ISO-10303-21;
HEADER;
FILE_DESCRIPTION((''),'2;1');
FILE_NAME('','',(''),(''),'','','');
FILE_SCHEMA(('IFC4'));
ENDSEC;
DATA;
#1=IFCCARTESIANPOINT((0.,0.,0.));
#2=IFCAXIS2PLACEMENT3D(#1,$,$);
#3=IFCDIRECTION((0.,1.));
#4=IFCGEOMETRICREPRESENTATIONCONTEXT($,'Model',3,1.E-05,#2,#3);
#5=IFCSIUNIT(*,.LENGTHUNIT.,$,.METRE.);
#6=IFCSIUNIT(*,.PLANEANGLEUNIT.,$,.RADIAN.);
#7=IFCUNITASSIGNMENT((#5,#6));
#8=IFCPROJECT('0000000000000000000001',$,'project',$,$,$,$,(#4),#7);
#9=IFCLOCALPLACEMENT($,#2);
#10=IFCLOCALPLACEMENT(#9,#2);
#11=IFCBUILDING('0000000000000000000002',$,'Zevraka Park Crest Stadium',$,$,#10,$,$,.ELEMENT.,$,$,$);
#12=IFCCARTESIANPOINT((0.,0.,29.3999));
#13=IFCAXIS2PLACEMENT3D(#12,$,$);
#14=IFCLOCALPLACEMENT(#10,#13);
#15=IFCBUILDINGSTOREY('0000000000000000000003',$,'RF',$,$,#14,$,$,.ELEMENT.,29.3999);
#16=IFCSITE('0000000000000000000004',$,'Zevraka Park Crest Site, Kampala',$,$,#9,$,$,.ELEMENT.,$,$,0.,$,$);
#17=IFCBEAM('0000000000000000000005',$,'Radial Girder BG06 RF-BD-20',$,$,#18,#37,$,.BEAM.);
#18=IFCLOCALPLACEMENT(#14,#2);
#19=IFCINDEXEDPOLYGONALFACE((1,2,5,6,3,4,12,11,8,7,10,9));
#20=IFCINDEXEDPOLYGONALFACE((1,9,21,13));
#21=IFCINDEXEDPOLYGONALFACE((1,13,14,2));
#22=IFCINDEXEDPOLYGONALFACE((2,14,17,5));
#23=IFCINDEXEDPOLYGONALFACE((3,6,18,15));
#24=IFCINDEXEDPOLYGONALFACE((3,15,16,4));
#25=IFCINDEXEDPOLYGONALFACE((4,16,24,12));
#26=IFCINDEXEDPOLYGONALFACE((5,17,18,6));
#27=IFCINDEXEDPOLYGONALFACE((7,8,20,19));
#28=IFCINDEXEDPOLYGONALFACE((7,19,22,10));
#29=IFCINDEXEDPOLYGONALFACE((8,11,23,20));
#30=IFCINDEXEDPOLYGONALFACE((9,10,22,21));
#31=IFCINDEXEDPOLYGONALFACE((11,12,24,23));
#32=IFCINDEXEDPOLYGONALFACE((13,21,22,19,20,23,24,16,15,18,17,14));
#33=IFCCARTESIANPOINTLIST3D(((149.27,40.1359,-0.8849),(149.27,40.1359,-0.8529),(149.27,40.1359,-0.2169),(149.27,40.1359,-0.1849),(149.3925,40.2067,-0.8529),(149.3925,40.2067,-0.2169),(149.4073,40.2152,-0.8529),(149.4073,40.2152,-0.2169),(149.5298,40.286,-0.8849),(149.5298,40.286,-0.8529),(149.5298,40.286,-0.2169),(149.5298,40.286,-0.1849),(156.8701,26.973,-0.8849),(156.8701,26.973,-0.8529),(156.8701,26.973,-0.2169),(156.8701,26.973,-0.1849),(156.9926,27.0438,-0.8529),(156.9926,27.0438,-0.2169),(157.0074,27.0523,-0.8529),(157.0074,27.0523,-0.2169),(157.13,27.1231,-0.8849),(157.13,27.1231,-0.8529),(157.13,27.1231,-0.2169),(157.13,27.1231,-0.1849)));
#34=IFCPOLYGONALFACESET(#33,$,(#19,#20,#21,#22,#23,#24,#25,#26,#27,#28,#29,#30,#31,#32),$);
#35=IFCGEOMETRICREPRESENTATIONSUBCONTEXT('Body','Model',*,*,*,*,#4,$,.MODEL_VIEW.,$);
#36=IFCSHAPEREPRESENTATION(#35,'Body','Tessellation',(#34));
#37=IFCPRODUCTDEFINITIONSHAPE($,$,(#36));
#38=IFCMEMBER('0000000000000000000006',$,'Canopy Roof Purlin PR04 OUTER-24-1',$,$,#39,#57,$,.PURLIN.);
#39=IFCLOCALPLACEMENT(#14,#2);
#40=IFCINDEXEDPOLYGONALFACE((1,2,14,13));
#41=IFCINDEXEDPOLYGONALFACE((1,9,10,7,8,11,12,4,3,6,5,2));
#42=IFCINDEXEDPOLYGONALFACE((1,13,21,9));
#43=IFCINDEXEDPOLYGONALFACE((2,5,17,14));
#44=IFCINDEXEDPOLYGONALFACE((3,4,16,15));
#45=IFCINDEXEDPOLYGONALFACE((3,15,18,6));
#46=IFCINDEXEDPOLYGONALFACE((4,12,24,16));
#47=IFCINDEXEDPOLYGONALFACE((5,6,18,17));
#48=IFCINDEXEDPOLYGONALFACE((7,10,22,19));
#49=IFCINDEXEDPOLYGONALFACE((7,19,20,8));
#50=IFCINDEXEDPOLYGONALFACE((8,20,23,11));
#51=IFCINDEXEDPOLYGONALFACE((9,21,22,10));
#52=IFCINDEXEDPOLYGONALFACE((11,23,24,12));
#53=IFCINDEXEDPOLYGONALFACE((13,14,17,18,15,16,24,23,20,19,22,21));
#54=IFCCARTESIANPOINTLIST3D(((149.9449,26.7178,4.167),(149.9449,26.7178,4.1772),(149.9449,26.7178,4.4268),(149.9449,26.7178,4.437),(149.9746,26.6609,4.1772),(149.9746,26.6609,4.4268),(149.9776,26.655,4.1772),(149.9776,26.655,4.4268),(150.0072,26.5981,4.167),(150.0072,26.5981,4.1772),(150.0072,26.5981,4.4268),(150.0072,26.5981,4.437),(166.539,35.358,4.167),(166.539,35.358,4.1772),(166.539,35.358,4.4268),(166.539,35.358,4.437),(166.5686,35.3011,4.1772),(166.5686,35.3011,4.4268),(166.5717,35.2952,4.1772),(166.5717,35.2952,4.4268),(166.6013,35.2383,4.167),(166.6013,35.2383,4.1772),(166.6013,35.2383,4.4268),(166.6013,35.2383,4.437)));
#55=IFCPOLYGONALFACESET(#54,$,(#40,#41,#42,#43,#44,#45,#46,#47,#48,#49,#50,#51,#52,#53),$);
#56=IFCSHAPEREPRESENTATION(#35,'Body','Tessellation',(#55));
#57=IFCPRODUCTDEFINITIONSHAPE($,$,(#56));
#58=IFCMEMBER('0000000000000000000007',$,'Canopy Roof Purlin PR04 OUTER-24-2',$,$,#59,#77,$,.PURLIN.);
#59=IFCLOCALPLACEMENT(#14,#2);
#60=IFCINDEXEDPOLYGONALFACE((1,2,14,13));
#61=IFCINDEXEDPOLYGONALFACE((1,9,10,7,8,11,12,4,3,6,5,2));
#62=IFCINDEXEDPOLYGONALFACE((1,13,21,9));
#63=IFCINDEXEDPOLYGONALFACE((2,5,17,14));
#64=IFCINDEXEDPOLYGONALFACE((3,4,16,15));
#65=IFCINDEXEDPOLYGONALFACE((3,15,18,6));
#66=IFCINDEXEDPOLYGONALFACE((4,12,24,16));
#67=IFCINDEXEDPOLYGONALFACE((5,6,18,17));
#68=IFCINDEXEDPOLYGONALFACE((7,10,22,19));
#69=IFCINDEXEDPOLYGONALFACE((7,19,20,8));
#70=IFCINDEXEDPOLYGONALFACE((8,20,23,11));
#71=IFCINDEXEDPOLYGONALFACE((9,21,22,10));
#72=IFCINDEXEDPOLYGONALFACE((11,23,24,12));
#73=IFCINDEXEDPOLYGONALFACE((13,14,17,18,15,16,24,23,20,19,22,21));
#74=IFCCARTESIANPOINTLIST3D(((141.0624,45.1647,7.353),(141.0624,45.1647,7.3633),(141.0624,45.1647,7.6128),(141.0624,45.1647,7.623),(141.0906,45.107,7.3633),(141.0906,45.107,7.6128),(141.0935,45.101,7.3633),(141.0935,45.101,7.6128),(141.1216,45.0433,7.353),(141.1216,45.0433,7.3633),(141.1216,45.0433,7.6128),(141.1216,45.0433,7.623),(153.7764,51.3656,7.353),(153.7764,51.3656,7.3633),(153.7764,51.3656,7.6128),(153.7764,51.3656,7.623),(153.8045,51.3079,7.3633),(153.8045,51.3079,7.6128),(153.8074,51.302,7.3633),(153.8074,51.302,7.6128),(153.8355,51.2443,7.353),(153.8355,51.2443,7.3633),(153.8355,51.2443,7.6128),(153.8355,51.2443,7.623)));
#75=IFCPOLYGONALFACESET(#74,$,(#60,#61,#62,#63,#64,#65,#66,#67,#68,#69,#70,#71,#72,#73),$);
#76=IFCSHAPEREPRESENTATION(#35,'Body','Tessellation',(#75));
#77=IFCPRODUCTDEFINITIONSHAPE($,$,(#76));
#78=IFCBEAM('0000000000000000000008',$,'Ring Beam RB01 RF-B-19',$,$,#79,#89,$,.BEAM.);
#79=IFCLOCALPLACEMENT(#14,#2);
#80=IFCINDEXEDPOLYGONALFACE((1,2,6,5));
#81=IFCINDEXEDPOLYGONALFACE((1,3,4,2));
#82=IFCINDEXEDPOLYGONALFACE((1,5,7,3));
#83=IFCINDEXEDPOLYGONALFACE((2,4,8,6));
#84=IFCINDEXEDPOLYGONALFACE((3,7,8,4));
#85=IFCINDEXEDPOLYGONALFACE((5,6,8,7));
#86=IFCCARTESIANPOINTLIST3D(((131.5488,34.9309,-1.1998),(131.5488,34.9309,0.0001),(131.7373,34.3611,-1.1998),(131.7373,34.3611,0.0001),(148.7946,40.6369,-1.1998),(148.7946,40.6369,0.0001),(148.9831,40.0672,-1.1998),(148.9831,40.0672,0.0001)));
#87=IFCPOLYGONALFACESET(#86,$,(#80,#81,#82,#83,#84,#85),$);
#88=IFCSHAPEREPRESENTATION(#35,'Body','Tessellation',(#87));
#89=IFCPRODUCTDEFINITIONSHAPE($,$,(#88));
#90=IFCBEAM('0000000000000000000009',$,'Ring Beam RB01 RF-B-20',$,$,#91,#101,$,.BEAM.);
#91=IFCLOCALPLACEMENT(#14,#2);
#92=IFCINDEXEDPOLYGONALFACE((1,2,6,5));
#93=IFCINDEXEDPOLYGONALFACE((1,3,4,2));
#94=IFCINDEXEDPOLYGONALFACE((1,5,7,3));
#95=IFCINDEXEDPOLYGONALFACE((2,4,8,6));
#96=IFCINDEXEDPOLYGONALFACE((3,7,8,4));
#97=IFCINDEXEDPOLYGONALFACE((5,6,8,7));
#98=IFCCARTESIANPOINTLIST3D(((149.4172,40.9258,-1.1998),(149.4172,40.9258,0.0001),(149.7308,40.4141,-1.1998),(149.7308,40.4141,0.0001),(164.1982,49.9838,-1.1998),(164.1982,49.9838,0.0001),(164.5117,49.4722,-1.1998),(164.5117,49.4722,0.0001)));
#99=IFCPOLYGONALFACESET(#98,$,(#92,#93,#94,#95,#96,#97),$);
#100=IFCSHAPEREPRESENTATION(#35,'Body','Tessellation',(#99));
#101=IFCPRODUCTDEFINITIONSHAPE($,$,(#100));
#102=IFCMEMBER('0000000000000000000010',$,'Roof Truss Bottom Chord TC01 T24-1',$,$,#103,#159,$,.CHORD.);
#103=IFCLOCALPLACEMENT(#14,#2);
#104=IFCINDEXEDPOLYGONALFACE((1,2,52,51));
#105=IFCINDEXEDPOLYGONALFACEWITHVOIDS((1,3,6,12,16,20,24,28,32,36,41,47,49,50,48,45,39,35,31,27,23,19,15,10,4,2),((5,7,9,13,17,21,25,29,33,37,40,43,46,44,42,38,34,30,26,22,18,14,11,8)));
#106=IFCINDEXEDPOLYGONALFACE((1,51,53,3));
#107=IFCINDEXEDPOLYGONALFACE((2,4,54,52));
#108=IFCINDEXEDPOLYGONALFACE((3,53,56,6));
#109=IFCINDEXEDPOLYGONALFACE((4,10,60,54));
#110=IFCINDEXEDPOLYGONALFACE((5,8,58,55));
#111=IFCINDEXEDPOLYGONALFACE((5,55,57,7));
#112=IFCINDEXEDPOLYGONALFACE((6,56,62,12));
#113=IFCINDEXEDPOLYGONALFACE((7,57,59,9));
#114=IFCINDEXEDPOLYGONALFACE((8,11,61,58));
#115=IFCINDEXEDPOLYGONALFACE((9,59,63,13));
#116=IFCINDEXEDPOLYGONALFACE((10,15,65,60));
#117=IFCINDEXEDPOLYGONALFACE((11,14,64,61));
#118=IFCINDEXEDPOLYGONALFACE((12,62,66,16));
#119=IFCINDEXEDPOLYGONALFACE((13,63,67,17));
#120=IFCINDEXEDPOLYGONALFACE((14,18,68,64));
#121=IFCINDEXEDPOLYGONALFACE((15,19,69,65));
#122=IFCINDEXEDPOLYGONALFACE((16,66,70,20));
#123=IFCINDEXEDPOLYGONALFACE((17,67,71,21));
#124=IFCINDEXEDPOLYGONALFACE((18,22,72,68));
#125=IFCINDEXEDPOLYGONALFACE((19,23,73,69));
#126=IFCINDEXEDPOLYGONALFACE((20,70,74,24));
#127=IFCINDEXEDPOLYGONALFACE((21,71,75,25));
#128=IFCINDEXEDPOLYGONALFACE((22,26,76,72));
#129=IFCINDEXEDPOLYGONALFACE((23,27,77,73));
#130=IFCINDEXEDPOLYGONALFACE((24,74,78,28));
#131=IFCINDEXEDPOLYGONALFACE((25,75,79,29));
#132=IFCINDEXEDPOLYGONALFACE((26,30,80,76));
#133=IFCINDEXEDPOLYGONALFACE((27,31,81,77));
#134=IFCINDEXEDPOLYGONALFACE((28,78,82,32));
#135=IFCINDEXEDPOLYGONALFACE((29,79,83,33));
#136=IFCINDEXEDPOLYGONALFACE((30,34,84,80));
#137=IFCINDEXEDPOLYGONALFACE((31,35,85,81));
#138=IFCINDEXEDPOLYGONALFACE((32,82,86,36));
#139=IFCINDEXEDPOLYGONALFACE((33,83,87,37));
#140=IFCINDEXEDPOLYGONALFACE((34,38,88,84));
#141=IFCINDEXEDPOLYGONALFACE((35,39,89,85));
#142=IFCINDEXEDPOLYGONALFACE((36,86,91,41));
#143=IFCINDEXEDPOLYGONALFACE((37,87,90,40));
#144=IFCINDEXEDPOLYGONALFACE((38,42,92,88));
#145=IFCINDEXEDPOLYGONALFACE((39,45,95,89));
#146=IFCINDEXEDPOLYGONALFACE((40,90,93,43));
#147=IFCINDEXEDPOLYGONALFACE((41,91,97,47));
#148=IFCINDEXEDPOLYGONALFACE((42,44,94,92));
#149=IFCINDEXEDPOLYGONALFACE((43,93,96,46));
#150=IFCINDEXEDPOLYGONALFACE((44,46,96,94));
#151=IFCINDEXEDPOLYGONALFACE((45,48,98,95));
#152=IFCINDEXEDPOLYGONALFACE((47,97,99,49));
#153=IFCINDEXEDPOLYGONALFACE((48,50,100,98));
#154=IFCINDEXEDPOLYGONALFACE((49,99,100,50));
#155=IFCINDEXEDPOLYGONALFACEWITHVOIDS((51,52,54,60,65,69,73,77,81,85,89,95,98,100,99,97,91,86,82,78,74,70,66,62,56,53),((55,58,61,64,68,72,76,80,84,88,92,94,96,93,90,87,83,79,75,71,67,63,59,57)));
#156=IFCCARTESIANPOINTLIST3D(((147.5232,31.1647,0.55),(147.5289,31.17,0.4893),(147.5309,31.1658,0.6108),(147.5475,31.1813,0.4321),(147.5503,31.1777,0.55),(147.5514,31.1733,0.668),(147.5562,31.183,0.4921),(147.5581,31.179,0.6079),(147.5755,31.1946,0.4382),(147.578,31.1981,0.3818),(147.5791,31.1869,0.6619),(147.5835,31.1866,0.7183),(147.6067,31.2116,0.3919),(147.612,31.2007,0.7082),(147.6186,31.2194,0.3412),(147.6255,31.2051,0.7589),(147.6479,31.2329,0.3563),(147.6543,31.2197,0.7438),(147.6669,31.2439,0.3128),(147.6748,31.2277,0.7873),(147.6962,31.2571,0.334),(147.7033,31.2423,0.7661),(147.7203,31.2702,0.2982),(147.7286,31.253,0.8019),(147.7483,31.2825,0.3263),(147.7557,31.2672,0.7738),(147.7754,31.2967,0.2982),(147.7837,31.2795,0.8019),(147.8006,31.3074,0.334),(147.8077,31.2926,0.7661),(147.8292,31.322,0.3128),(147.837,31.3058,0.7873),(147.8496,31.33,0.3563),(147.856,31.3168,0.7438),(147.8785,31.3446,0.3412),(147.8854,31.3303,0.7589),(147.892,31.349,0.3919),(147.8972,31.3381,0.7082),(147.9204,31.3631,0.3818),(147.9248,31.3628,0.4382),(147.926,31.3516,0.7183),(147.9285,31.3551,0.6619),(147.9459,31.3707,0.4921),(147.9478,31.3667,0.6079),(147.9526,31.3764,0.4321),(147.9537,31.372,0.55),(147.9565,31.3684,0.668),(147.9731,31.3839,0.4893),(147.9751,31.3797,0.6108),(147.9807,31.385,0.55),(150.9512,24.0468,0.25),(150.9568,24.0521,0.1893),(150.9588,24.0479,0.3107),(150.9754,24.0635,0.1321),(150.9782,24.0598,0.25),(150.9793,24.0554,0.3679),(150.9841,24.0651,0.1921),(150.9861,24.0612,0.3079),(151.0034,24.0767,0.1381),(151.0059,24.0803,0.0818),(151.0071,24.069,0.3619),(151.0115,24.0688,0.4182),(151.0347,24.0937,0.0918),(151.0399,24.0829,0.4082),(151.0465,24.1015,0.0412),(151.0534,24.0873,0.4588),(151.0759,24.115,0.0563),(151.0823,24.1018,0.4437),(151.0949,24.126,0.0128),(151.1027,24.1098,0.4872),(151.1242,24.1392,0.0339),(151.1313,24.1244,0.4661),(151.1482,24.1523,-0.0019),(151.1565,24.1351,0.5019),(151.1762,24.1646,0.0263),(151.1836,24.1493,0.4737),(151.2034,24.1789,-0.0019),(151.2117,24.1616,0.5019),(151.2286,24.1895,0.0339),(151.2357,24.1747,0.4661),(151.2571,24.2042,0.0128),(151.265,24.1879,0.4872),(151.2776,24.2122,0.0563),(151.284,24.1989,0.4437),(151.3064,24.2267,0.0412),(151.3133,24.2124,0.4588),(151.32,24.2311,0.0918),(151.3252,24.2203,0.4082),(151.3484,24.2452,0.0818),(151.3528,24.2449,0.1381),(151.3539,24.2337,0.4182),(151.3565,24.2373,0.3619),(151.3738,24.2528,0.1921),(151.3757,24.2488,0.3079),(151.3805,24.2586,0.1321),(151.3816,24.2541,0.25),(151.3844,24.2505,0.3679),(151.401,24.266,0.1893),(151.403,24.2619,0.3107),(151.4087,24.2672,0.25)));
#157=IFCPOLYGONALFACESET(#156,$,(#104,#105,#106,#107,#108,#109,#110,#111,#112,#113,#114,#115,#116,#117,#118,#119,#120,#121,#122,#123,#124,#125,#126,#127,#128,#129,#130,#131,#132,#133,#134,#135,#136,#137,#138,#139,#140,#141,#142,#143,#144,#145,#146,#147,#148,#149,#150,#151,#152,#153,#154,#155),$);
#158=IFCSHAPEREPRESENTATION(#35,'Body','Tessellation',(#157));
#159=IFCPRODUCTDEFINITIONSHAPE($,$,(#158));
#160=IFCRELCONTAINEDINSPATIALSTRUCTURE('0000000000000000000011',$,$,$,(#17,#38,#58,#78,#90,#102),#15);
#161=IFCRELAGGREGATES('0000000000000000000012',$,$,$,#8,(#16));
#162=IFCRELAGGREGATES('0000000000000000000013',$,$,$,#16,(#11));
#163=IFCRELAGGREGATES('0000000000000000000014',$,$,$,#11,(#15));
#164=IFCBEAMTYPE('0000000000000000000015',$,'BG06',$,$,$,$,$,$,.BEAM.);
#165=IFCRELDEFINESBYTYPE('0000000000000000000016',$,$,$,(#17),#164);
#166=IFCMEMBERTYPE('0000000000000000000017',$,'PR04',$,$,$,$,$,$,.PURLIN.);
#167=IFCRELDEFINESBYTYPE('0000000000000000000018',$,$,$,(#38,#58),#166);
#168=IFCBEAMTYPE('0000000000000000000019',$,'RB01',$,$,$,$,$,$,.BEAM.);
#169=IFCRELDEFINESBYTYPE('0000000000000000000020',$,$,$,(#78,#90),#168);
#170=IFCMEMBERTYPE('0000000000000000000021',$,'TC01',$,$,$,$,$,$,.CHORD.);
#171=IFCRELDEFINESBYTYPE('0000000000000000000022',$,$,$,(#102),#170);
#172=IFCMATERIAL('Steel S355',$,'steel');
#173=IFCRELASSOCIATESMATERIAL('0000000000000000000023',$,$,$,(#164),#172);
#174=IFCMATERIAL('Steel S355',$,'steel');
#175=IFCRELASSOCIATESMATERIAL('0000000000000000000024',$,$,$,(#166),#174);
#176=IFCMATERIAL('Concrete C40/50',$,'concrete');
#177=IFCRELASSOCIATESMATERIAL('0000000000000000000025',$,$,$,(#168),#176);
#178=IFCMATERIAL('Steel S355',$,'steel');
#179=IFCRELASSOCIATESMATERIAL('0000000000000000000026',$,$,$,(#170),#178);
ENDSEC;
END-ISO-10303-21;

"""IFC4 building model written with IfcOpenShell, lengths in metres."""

from ifc_helpers import new_model, si_unit, direction, frame, origin, origin_2d, place, context, subcontext, project, spatial, rectangle, hollow_circle, i_section, extrude, material, material_profile, profile_set, type_object, element, save


model = new_model("IFC4")

# Units and contexts
model_context = context("Model", 3, precision=1e-05, world=origin(), true_north=direction((0.0, 1.0)))
body_context = subcontext(model_context, "Body", "Model", "MODEL_VIEW")
ifc_project = project(units=[si_unit("LENGTHUNIT", "METRE"), si_unit("PLANEANGLEUNIT", "RADIAN")], contexts=[model_context])

# Site, building, storey
site_placement = place(None, origin())
site = spatial("IfcSite", under=ifc_project, at=site_placement, Name="Zevraka Park Crest Site, Kampala", CompositionType="ELEMENT", RefElevation=0.0)
building_placement = place(site_placement, origin())
building = spatial("IfcBuilding", under=site, at=building_placement, Name="Zevraka Park Crest Stadium", CompositionType="ELEMENT")
storey_placement = place(building_placement, frame((0.0, 0.0, 29.3999)))
storey = spatial("IfcBuildingStorey", under=building, at=storey_placement, Name="RF", CompositionType="ELEMENT", Elevation=29.3999)

# Beam
ifc_material_1 = material(Name="Steel S355", Category="steel")
ifc_material_profile_1 = material_profile(ifc_material_1, i_section(OverallWidth=0.3, OverallDepth=0.7, WebThickness=0.0171, FlangeThickness=0.032, at=origin_2d()), Name="HEB 700")
ifc_profile_set_1 = profile_set([ifc_material_profile_1], Name="Steel S355")
beam_type_1 = type_object("IfcBeamType", Name="BG06", PredefinedType="BEAM", material=ifc_profile_set_1)
beam_1_placement = place(storey_placement, frame((149.3999, 40.2109, -0.5349), z_axis=(0.500026, -0.86601, 0.0), x_axis=(0.86601, 0.500026, 0.0)))
element("IfcBeam", 1, at=beam_1_placement, inside=storey, type_object=beam_type_1, Name="Radial Girder BG06 RF-BD-20", PredefinedType="BEAM", context=body_context, shape_type="SweptSolid", body=[
    extrude(i_section(OverallWidth=0.3, OverallDepth=0.7, WebThickness=0.0171, FlangeThickness=0.032, at=origin_2d()), origin(), (0.0, 0.0, 1.0), 15.1995),
])

# Members
ifc_material_2 = material(Name="Steel S355", Category="steel")
ifc_material_profile_2 = material_profile(ifc_material_2, i_section(OverallWidth=0.135, OverallDepth=0.27, WebThickness=0.0066, FlangeThickness=0.0103, at=origin_2d()), Name="IPE 270")
ifc_profile_set_2 = profile_set([ifc_material_profile_2], Name="Steel S355")
member_type_1 = type_object("IfcMemberType", Name="PR04", PredefinedType="PURLIN", material=ifc_profile_set_2)
member_1_placement = place(storey_placement, frame((149.9761, 26.658, 4.302), z_axis=(0.88697, 0.461826, 0.0), x_axis=(-0.461826, 0.88697, 0.0)))
element("IfcMember", 2, at=member_1_placement, inside=storey, type_object=member_type_1, Name="Canopy Roof Purlin PR04 OUTER-24-1", PredefinedType="PURLIN", context=body_context, shape_type="SweptSolid", body=[
    extrude(i_section(OverallWidth=0.135, OverallDepth=0.27, WebThickness=0.0066, FlangeThickness=0.0103, at=origin_2d()), origin(), (0.0, 0.0, 1.0), 18.7087),
])
member_2_placement = place(storey_placement, frame((141.092, 45.104, 7.488), z_axis=(0.898795, 0.438369, 0.0), x_axis=(-0.438369, 0.898795, 0.0)))
element("IfcMember", 3, at=member_2_placement, inside=storey, type_object=member_type_1, Name="Canopy Roof Purlin PR04 OUTER-24-2", PredefinedType="PURLIN", context=body_context, shape_type="SweptSolid", body=[
    extrude(i_section(OverallWidth=0.135, OverallDepth=0.27, WebThickness=0.0066, FlangeThickness=0.0103, at=origin_2d()), origin(), (0.0, 0.0, 1.0), 14.1455),
])

# Beams
ifc_material_3 = material(Name="Concrete C40/50", Category="concrete")
ifc_material_profile_3 = material_profile(ifc_material_3, rectangle(XDim=0.6001, YDim=1.2, at=origin_2d()), Name="RC 1200x600")
ifc_profile_set_3 = profile_set([ifc_material_profile_3], Name="Concrete C40/50")
beam_type_2 = type_object("IfcBeamType", Name="RB01", PredefinedType="BEAM", material=ifc_profile_set_3)
beam_2_placement = place(storey_placement, frame((131.6431, 34.646, -0.5999), z_axis=(0.949384, 0.314118, 0.0), x_axis=(-0.314118, 0.949384, 0.0)))
element("IfcBeam", 4, at=beam_2_placement, inside=storey, type_object=beam_type_2, Name="Ring Beam RB01 RF-B-19", PredefinedType="BEAM", context=body_context, shape_type="SweptSolid", body=[
    extrude(rectangle(XDim=0.6001, YDim=1.2, at=origin_2d()), origin(), (0.0, 0.0, 1.0), 18.1653),
])
beam_3_placement = place(storey_placement, frame((149.574, 40.6699, -0.5999), z_axis=(0.852633, 0.522511, 0.0), x_axis=(-0.522511, 0.852633, 0.0)))
element("IfcBeam", 5, at=beam_3_placement, inside=storey, type_object=beam_type_2, Name="Ring Beam RB01 RF-B-20", PredefinedType="BEAM", context=body_context, shape_type="SweptSolid", body=[
    extrude(rectangle(XDim=0.6001, YDim=1.2, at=origin_2d()), origin(), (0.0, 0.0, 1.0), 17.3357),
])

# Member
ifc_material_4 = material(Name="Steel S355", Category="steel")
ifc_material_profile_4 = material_profile(ifc_material_4, hollow_circle(Radius=0.2539, WallThickness=0.03, at=origin_2d()), Name="CHS 508.0x30")
ifc_profile_set_4 = profile_set([ifc_material_profile_4], Name="Steel S355")
member_type_2 = type_object("IfcMemberType", Name="TC01", PredefinedType="CHORD", material=ifc_profile_set_4)
member_3_placement = place(storey_placement, frame((151.1799, 24.157, 0.25), z_axis=(-0.433589, 0.900311, 0.037952), x_axis=(-0.900961, -0.433901, 0.0)))
element("IfcMember", 6, at=member_3_placement, inside=storey, type_object=member_type_2, Name="Roof Truss Bottom Chord TC01 T24-1", PredefinedType="CHORD", context=body_context, shape_type="SweptSolid", body=[
    extrude(hollow_circle(Radius=0.2539, WallThickness=0.03, at=origin_2d()), origin(), (0.0, 0.0, 1.0), 7.906),
])

save(model, "model.ifc")
